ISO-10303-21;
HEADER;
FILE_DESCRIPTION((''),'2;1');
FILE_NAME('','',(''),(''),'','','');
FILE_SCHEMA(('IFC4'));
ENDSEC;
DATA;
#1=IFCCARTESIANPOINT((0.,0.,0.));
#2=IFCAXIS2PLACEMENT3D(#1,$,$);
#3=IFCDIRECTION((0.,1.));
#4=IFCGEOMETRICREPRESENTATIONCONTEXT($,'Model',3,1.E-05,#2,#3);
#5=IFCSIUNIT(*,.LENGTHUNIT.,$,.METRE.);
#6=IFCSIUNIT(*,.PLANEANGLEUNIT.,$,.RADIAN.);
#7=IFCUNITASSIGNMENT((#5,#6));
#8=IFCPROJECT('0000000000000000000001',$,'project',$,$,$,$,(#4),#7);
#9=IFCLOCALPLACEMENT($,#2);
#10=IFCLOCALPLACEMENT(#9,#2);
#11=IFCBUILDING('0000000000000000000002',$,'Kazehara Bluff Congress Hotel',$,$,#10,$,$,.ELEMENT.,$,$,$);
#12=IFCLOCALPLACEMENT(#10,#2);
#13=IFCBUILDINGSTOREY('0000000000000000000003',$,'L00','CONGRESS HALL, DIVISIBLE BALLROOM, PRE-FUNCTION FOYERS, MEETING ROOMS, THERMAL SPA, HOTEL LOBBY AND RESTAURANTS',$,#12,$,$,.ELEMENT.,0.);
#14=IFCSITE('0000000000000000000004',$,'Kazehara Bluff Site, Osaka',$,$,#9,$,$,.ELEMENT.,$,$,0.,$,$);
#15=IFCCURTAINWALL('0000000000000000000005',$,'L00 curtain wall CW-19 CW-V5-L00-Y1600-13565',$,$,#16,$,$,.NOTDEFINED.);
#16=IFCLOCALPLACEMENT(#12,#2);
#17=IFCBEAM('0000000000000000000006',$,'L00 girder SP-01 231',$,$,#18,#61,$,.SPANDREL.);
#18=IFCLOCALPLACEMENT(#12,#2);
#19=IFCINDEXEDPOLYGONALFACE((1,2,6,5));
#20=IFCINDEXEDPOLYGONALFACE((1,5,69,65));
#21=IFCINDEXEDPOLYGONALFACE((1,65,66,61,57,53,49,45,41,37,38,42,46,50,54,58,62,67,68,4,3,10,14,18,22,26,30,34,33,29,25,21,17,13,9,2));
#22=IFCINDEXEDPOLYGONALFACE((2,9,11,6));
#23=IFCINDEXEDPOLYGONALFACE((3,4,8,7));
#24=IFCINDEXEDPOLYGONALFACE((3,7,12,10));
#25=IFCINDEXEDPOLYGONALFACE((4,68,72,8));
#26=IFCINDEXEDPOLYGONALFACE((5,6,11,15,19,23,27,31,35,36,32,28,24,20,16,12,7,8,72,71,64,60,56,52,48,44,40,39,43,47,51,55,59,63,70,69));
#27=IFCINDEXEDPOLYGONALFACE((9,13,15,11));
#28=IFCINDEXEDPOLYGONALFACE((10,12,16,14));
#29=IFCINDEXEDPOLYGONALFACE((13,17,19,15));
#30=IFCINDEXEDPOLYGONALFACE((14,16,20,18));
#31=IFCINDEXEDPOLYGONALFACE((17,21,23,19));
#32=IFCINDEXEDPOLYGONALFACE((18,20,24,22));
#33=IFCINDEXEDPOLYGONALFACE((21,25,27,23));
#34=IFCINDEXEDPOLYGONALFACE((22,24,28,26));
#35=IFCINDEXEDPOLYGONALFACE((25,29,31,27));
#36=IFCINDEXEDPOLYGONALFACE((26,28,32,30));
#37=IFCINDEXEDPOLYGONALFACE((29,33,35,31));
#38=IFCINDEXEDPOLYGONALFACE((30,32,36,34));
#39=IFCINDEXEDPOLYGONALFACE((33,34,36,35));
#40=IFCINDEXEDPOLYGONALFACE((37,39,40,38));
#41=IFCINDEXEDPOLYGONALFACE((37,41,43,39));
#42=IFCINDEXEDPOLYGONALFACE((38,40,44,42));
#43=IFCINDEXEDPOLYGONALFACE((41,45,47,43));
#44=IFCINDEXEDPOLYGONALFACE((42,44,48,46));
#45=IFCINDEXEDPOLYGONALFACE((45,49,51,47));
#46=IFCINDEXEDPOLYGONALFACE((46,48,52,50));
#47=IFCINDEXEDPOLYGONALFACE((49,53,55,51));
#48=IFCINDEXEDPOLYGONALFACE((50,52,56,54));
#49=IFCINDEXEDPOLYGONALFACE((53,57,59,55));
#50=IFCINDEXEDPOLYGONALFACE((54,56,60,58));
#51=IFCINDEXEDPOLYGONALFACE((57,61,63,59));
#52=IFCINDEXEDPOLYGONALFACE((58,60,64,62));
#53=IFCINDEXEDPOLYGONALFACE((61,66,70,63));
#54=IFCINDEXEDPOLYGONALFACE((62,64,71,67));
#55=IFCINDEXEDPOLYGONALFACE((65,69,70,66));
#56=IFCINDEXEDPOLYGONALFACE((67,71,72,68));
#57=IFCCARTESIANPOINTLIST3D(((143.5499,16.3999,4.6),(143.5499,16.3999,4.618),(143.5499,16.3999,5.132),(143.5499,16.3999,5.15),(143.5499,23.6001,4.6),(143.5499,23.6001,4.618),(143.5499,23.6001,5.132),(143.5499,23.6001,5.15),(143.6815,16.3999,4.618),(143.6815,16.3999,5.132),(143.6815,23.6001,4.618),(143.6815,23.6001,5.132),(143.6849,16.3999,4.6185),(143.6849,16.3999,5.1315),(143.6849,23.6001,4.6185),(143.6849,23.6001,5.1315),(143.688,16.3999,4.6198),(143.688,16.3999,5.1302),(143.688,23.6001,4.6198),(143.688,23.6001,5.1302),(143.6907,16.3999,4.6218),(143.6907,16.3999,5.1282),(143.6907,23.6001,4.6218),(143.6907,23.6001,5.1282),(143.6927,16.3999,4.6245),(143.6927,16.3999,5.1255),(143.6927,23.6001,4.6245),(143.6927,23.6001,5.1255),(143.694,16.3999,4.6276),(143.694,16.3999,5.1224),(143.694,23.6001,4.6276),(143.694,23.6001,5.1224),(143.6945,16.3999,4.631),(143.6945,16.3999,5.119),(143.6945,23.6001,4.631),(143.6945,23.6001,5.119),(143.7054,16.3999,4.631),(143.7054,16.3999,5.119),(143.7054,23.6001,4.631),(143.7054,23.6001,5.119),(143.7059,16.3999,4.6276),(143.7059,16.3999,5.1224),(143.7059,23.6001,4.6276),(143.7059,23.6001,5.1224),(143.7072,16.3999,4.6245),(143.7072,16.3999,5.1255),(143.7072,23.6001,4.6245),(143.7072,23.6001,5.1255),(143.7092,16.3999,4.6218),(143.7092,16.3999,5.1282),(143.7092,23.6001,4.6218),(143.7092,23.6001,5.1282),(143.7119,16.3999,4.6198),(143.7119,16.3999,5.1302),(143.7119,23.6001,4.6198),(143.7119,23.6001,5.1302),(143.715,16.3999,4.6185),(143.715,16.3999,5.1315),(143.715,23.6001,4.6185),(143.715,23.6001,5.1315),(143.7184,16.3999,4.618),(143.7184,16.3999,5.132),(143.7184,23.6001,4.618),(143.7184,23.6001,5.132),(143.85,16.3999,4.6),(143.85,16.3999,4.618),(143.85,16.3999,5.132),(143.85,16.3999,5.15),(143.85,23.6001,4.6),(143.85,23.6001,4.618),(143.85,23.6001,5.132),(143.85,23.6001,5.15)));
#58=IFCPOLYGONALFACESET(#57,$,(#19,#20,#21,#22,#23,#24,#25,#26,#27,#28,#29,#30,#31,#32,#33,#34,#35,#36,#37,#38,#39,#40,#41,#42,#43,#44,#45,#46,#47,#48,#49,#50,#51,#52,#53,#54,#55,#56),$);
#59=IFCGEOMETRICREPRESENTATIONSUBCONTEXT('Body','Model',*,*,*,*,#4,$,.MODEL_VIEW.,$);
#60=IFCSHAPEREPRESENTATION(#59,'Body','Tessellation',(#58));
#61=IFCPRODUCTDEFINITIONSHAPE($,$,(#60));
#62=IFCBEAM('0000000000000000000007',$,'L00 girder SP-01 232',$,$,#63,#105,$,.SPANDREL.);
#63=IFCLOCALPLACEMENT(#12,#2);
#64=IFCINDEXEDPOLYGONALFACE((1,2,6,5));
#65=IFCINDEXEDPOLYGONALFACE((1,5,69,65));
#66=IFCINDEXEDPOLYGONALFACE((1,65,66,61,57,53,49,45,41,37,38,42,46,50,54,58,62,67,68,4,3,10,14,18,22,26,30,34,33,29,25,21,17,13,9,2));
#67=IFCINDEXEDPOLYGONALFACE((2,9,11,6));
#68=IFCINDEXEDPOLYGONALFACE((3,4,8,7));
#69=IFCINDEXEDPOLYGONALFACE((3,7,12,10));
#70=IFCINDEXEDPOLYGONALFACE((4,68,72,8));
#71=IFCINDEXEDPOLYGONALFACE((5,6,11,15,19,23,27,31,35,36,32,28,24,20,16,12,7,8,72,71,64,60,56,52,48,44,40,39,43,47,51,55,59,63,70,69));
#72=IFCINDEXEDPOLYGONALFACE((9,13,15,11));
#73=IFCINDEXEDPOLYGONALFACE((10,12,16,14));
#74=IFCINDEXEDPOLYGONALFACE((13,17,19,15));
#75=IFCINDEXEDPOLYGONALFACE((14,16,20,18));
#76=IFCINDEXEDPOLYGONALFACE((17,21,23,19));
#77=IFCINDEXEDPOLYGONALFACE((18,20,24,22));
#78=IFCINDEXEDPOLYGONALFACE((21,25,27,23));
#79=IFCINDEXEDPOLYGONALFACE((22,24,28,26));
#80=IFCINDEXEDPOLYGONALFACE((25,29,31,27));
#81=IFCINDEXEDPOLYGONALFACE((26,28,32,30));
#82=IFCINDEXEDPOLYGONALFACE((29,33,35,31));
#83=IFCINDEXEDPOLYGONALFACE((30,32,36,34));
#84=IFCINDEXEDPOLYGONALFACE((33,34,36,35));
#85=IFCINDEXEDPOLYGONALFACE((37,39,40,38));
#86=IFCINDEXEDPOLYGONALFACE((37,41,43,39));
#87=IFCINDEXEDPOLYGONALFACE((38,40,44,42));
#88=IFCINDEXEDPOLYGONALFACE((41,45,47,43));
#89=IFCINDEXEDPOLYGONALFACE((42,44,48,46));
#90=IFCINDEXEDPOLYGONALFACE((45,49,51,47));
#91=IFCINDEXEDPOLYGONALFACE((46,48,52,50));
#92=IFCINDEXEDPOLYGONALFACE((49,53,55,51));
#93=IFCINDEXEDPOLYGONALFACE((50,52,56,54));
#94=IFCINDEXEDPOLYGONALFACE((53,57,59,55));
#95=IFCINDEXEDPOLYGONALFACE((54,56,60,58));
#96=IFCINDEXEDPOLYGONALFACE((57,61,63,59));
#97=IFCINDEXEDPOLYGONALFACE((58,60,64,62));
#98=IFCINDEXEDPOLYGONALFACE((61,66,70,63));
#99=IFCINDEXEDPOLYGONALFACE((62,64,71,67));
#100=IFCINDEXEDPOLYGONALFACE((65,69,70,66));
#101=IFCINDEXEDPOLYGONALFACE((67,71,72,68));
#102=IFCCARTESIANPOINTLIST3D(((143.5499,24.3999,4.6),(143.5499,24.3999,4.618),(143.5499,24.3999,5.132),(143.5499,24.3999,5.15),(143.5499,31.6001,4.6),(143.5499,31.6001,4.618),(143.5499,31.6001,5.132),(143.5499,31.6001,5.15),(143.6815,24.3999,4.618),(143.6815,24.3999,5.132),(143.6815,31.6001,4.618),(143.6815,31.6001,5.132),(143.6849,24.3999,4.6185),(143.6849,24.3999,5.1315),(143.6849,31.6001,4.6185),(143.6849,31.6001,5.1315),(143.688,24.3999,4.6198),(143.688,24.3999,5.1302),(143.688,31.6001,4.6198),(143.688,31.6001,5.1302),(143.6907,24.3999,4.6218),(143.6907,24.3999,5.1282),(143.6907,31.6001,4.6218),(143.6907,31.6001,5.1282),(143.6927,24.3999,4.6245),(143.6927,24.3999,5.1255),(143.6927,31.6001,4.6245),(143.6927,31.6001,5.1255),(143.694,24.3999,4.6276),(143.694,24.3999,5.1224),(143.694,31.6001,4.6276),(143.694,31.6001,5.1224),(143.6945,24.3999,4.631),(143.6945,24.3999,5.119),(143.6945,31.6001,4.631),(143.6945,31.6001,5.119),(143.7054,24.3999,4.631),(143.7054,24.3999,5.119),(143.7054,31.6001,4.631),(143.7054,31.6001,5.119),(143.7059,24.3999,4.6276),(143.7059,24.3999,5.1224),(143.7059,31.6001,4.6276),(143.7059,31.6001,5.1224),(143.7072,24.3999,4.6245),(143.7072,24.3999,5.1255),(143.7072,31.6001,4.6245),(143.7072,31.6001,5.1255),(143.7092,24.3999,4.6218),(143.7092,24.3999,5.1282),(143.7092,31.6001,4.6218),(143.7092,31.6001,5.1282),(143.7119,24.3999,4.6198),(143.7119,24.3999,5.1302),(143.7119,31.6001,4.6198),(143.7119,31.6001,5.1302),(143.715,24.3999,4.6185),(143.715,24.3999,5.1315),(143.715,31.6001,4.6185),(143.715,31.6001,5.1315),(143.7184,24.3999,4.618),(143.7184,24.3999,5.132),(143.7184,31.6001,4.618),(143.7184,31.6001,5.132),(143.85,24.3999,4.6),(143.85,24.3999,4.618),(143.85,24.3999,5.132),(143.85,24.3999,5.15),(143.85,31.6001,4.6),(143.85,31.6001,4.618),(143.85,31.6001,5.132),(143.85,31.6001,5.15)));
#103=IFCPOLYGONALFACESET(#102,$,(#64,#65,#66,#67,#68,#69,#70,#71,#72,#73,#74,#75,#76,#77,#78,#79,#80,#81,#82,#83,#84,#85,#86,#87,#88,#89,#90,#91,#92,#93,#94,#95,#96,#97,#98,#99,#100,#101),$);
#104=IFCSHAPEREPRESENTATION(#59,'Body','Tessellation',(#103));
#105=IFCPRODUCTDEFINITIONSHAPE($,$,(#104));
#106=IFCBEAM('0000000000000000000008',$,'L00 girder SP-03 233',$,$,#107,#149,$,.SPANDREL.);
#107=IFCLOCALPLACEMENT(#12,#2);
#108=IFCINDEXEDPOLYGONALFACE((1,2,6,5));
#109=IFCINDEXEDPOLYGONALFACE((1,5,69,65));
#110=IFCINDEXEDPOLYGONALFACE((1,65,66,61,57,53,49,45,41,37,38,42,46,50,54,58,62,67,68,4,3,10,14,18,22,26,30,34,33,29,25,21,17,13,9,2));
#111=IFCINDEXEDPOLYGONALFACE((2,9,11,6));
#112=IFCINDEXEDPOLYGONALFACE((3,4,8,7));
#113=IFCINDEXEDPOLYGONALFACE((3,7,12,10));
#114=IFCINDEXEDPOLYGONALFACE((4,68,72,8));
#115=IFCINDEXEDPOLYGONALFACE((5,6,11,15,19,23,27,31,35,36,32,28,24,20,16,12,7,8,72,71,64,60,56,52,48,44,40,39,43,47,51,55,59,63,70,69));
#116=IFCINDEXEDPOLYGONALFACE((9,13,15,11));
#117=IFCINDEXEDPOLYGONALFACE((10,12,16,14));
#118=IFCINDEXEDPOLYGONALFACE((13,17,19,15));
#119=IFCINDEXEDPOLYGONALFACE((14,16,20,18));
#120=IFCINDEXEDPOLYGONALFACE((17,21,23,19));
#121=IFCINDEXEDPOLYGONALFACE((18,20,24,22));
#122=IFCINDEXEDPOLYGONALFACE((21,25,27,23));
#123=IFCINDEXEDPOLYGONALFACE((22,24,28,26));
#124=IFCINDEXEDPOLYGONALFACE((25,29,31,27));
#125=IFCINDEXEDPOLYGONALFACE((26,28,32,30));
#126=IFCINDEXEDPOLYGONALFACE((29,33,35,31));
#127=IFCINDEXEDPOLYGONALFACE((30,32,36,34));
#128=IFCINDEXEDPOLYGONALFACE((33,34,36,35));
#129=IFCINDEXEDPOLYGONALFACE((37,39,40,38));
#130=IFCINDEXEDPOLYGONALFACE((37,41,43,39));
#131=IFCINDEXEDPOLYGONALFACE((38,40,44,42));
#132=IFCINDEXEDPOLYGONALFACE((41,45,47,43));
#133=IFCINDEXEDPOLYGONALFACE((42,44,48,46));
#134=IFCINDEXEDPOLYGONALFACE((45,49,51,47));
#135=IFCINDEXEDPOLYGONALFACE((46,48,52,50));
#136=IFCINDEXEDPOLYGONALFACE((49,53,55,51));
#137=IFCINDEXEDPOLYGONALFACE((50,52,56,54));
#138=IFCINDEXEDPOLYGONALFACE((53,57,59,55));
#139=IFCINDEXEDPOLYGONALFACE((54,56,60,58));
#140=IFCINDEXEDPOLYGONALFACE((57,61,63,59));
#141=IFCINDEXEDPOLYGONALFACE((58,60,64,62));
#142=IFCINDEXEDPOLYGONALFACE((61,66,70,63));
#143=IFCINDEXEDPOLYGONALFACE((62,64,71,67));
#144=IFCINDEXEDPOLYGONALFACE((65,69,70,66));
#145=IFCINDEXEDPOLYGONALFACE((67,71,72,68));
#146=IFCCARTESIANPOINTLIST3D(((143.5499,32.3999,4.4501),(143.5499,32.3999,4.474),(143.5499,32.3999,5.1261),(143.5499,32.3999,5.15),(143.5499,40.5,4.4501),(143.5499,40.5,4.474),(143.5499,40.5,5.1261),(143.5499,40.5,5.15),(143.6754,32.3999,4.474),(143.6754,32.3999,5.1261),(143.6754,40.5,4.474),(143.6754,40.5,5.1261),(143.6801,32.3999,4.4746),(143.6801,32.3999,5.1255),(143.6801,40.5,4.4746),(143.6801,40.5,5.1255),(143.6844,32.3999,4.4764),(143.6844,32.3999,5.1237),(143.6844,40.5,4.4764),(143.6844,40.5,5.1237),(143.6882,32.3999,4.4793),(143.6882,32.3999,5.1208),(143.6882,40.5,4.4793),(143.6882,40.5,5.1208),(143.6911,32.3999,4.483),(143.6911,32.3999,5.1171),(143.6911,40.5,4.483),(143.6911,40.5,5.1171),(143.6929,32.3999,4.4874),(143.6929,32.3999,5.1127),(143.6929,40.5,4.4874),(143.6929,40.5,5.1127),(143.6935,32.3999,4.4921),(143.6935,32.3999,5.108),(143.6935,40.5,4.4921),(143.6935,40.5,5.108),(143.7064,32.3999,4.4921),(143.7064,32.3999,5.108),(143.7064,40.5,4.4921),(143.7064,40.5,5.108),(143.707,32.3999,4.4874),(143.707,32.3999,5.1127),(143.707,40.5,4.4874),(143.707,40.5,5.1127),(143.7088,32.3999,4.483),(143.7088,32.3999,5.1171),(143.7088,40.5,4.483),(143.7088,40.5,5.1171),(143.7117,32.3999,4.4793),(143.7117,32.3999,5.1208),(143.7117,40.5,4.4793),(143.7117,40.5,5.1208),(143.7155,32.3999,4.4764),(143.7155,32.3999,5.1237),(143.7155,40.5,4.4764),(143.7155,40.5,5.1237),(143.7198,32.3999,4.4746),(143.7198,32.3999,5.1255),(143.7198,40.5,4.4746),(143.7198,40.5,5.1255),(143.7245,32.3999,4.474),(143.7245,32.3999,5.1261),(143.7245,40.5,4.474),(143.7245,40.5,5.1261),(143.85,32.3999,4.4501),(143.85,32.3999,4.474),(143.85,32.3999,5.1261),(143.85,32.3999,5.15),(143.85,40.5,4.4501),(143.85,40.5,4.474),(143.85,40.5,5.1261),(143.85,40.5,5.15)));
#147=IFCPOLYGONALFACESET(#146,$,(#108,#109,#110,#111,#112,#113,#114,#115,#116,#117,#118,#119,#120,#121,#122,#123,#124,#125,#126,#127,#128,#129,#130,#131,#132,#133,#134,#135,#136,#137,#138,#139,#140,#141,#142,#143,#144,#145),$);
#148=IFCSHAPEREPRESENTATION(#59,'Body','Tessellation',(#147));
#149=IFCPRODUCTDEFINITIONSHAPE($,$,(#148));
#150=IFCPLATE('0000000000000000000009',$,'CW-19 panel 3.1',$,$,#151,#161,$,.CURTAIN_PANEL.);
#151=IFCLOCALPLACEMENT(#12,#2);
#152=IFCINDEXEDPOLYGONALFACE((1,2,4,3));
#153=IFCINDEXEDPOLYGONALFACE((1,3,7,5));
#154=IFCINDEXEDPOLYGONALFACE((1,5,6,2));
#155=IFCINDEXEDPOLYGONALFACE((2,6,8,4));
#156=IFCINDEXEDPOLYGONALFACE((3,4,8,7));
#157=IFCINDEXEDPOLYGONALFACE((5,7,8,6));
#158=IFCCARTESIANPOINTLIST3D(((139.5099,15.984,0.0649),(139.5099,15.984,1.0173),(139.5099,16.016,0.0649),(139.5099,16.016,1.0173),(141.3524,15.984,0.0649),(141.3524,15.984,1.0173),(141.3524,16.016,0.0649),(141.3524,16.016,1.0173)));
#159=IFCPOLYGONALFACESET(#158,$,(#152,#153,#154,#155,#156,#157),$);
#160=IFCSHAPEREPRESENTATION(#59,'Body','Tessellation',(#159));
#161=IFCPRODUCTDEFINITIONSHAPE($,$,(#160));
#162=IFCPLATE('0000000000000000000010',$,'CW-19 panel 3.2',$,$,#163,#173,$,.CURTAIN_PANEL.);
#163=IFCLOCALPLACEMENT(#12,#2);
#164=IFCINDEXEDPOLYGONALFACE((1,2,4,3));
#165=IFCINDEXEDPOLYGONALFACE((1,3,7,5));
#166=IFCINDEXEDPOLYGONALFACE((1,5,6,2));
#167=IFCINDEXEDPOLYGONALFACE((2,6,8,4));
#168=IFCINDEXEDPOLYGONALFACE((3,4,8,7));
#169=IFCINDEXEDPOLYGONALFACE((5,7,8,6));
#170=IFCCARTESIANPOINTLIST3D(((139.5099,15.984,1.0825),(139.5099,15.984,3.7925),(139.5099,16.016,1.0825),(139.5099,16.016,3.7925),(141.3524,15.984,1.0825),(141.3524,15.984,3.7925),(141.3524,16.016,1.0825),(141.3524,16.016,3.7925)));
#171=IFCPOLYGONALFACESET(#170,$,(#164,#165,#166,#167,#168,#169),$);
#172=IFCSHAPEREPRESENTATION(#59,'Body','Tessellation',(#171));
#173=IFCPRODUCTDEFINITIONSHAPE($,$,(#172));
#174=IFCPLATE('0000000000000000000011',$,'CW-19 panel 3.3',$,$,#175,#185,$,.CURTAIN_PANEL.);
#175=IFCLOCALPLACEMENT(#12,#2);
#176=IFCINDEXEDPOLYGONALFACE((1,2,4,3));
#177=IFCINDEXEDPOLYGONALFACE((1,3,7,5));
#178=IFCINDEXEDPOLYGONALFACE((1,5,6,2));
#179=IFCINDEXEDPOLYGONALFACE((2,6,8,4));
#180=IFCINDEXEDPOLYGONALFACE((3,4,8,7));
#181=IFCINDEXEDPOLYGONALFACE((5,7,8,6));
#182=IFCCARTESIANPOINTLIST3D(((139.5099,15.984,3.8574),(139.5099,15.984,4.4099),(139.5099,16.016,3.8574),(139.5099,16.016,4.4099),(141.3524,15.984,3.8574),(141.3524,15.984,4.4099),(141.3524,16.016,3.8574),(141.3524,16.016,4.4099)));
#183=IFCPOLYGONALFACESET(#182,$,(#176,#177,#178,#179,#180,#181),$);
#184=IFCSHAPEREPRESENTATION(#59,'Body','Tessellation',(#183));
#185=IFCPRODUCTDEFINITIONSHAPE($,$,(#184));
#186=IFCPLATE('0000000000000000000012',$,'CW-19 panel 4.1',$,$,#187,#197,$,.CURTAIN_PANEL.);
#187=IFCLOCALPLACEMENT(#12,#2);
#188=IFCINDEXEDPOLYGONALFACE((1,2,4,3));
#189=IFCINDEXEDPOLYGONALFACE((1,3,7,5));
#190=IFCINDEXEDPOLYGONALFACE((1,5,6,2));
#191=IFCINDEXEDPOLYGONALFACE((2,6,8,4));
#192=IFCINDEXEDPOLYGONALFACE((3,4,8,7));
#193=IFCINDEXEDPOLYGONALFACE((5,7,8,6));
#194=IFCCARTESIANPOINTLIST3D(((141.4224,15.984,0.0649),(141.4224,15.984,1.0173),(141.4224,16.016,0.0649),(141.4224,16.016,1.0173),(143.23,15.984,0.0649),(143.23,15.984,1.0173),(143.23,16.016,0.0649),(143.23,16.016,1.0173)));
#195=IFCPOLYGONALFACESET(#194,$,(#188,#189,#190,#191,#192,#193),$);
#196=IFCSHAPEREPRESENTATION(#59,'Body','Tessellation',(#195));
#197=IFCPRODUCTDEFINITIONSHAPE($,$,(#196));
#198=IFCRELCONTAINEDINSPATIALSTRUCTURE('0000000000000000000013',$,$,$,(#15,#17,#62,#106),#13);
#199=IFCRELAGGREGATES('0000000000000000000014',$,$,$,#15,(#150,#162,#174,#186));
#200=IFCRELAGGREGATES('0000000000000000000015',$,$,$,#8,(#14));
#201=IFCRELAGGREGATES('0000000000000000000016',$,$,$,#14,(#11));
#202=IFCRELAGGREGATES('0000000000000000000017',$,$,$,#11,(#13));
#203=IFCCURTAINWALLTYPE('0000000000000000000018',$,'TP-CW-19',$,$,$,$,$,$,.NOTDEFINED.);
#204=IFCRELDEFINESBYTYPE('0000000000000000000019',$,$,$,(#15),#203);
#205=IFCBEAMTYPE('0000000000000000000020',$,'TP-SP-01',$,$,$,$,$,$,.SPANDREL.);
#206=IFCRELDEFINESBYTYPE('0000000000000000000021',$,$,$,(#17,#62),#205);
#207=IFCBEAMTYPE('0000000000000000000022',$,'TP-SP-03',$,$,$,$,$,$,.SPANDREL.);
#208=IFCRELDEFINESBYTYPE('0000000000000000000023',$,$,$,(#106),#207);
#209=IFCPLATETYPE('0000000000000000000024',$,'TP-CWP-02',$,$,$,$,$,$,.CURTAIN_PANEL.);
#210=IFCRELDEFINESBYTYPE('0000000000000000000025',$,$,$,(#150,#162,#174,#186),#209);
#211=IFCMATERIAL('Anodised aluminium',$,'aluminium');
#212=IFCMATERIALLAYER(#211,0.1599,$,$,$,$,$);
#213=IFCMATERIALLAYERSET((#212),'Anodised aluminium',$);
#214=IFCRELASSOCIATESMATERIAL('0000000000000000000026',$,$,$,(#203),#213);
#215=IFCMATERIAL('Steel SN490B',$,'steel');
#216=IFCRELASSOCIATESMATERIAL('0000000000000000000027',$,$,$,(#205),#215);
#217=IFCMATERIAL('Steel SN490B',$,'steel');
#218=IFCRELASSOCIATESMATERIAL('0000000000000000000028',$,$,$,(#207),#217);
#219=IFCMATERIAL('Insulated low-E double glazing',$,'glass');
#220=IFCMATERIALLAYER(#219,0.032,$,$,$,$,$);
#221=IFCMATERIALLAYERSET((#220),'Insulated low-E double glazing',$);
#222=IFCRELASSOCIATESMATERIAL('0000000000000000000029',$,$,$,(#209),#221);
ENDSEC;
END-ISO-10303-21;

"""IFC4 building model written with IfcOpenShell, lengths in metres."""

from ifc_helpers import new_model, si_unit, direction, frame, origin, origin_2d, place, context, subcontext, project, spatial, rectangle, i_section, extrude, material, layer, layer_set, material_profile, profile_set, type_object, element, aggregate, save


model = new_model("IFC4")

# Units and contexts
model_context = context("Model", 3, precision=1e-05, world=origin(), true_north=direction((0.0, 1.0)))
body_context = subcontext(model_context, "Body", "Model", "MODEL_VIEW")
ifc_project = project(units=[si_unit("LENGTHUNIT", "METRE"), si_unit("PLANEANGLEUNIT", "RADIAN")], contexts=[model_context])

# Site, building, storey
site_placement = place(None, origin())
site = spatial("IfcSite", under=ifc_project, at=site_placement, Name="Kazehara Bluff Site, Osaka", CompositionType="ELEMENT", RefElevation=0.0)
building_placement = place(site_placement, origin())
building = spatial("IfcBuilding", under=site, at=building_placement, Name="Kazehara Bluff Congress Hotel", CompositionType="ELEMENT")
storey_placement = place(building_placement, origin())
storey = spatial("IfcBuildingStorey", under=building, at=storey_placement, Name="L00", Description="CONGRESS HALL, DIVISIBLE BALLROOM, PRE-FUNCTION FOYERS, MEETING ROOMS, THERMAL SPA, HOTEL LOBBY AND RESTAURANTS", CompositionType="ELEMENT", Elevation=0.0)

# Curtain wall
ifc_material_1 = material(Name="Anodised aluminium", Category="aluminium")
ifc_layer_1 = layer(ifc_material_1, 0.1599)
ifc_layer_set_1 = layer_set([ifc_layer_1], Name="Anodised aluminium")
curtain_wall_type = type_object("IfcCurtainWallType", Name="TP-CW-19", PredefinedType="NOTDEFINED", material=ifc_layer_set_1)
curtain_wall_placement = place(storey_placement, origin())
curtain_wall = element("IfcCurtainWall", 1, at=curtain_wall_placement, inside=storey, type_object=curtain_wall_type, Name="L00 curtain wall CW-19 CW-V5-L00-Y1600-13565", PredefinedType="NOTDEFINED")

# Beams
ifc_material_2 = material(Name="Steel SN490B", Category="steel")
ifc_material_profile_1 = material_profile(ifc_material_2, i_section(OverallWidth=0.3, OverallDepth=0.55, WebThickness=0.011, FlangeThickness=0.0181, FilletRadius=0.0129, at=origin_2d()))
ifc_profile_set_1 = profile_set([ifc_material_profile_1], Name="Steel SN490B")
beam_type_1 = type_object("IfcBeamType", Name="TP-SP-01", PredefinedType="SPANDREL", material=ifc_profile_set_1)
for number, where, z_axis, x_axis, name in (
    (2, (143.7, 16.3999, 4.875), (0.0, 1.0, 0.0), (-1.0, 0.0, 0.0), "L00 girder SP-01 231"),
    (3, (143.7, 24.3999, 4.875), (0.0, 1.0, 0.0), (-1.0, 0.0, 0.0), "L00 girder SP-01 232"),
):
    element("IfcBeam", number, at=place(storey_placement, frame(where, z_axis=z_axis, x_axis=x_axis)), inside=storey, type_object=beam_type_1, Name=name, PredefinedType="SPANDREL", context=body_context, shape_type="SweptSolid", body=[
        extrude(i_section(OverallWidth=0.3, OverallDepth=0.55, WebThickness=0.011, FlangeThickness=0.0181, FilletRadius=0.0129, at=origin_2d()), origin(), (0.0, 0.0, 1.0), 7.2002),
    ])
ifc_material_3 = material(Name="Steel SN490B", Category="steel")
ifc_material_profile_2 = material_profile(ifc_material_3, i_section(OverallWidth=0.3, OverallDepth=0.7, WebThickness=0.0129, FlangeThickness=0.0239, FilletRadius=0.0181, at=origin_2d()))
ifc_profile_set_2 = profile_set([ifc_material_profile_2], Name="Steel SN490B")
beam_type_2 = type_object("IfcBeamType", Name="TP-SP-03", PredefinedType="SPANDREL", material=ifc_profile_set_2)
beam_1_placement = place(storey_placement, frame((143.7, 32.3999, 4.8), z_axis=(0.0, 1.0, 0.0), x_axis=(-1.0, 0.0, 0.0)))
element("IfcBeam", 4, at=beam_1_placement, inside=storey, type_object=beam_type_2, Name="L00 girder SP-03 233", PredefinedType="SPANDREL", context=body_context, shape_type="SweptSolid", body=[
    extrude(i_section(OverallWidth=0.3, OverallDepth=0.7, WebThickness=0.0129, FlangeThickness=0.0239, FilletRadius=0.0181, at=origin_2d()), origin(), (0.0, 0.0, 1.0), 8.1001),
])

# Plates
ifc_material_4 = material(Name="Insulated low-E double glazing", Category="glass")
ifc_layer_2 = layer(ifc_material_4, 0.032)
ifc_layer_set_2 = layer_set([ifc_layer_2], Name="Insulated low-E double glazing")
plate_type = type_object("IfcPlateType", Name="TP-CWP-02", PredefinedType="CURTAIN_PANEL", material=ifc_layer_set_2)
plate_1_placement = place(storey_placement, frame((140.4312, 16.0, 0.0649), z_axis=(0.0, 0.0, 1.0), x_axis=(1.0, 0.0, 0.0)))
plate_1 = element("IfcPlate", 5, at=plate_1_placement, type_object=plate_type, Name="CW-19 panel 3.1", PredefinedType="CURTAIN_PANEL", context=body_context, shape_type="SweptSolid", body=[
    extrude(rectangle(XDim=1.8425, YDim=0.032, at=origin_2d()), origin(), (0.0, 0.0, 1.0), 0.9524),
])
plate_2_placement = place(storey_placement, frame((140.4312, 16.0, 1.0825), z_axis=(0.0, 0.0, 1.0), x_axis=(1.0, 0.0, 0.0)))
plate_2 = element("IfcPlate", 6, at=plate_2_placement, type_object=plate_type, Name="CW-19 panel 3.2", PredefinedType="CURTAIN_PANEL", context=body_context, shape_type="SweptSolid", body=[
    extrude(rectangle(XDim=1.8425, YDim=0.032, at=origin_2d()), origin(), (0.0, 0.0, 1.0), 2.71),
])
plate_3_placement = place(storey_placement, frame((140.4312, 16.0, 3.8574), z_axis=(0.0, 0.0, 1.0), x_axis=(1.0, 0.0, 0.0)))
plate_3 = element("IfcPlate", 7, at=plate_3_placement, type_object=plate_type, Name="CW-19 panel 3.3", PredefinedType="CURTAIN_PANEL", context=body_context, shape_type="SweptSolid", body=[
    extrude(rectangle(XDim=1.8425, YDim=0.032, at=origin_2d()), origin(), (0.0, 0.0, 1.0), 0.5525),
])
plate_4_placement = place(storey_placement, frame((142.3262, 16.0, 0.0649), z_axis=(0.0, 0.0, 1.0), x_axis=(1.0, 0.0, 0.0)))
plate_4 = element("IfcPlate", 8, at=plate_4_placement, type_object=plate_type, Name="CW-19 panel 4.1", PredefinedType="CURTAIN_PANEL", context=body_context, shape_type="SweptSolid", body=[
    extrude(rectangle(XDim=1.8076, YDim=0.032, at=origin_2d()), origin(), (0.0, 0.0, 1.0), 0.9524),
])
aggregate(curtain_wall, [plate_1, plate_2, plate_3, plate_4])

save(model, "model.ifc")
